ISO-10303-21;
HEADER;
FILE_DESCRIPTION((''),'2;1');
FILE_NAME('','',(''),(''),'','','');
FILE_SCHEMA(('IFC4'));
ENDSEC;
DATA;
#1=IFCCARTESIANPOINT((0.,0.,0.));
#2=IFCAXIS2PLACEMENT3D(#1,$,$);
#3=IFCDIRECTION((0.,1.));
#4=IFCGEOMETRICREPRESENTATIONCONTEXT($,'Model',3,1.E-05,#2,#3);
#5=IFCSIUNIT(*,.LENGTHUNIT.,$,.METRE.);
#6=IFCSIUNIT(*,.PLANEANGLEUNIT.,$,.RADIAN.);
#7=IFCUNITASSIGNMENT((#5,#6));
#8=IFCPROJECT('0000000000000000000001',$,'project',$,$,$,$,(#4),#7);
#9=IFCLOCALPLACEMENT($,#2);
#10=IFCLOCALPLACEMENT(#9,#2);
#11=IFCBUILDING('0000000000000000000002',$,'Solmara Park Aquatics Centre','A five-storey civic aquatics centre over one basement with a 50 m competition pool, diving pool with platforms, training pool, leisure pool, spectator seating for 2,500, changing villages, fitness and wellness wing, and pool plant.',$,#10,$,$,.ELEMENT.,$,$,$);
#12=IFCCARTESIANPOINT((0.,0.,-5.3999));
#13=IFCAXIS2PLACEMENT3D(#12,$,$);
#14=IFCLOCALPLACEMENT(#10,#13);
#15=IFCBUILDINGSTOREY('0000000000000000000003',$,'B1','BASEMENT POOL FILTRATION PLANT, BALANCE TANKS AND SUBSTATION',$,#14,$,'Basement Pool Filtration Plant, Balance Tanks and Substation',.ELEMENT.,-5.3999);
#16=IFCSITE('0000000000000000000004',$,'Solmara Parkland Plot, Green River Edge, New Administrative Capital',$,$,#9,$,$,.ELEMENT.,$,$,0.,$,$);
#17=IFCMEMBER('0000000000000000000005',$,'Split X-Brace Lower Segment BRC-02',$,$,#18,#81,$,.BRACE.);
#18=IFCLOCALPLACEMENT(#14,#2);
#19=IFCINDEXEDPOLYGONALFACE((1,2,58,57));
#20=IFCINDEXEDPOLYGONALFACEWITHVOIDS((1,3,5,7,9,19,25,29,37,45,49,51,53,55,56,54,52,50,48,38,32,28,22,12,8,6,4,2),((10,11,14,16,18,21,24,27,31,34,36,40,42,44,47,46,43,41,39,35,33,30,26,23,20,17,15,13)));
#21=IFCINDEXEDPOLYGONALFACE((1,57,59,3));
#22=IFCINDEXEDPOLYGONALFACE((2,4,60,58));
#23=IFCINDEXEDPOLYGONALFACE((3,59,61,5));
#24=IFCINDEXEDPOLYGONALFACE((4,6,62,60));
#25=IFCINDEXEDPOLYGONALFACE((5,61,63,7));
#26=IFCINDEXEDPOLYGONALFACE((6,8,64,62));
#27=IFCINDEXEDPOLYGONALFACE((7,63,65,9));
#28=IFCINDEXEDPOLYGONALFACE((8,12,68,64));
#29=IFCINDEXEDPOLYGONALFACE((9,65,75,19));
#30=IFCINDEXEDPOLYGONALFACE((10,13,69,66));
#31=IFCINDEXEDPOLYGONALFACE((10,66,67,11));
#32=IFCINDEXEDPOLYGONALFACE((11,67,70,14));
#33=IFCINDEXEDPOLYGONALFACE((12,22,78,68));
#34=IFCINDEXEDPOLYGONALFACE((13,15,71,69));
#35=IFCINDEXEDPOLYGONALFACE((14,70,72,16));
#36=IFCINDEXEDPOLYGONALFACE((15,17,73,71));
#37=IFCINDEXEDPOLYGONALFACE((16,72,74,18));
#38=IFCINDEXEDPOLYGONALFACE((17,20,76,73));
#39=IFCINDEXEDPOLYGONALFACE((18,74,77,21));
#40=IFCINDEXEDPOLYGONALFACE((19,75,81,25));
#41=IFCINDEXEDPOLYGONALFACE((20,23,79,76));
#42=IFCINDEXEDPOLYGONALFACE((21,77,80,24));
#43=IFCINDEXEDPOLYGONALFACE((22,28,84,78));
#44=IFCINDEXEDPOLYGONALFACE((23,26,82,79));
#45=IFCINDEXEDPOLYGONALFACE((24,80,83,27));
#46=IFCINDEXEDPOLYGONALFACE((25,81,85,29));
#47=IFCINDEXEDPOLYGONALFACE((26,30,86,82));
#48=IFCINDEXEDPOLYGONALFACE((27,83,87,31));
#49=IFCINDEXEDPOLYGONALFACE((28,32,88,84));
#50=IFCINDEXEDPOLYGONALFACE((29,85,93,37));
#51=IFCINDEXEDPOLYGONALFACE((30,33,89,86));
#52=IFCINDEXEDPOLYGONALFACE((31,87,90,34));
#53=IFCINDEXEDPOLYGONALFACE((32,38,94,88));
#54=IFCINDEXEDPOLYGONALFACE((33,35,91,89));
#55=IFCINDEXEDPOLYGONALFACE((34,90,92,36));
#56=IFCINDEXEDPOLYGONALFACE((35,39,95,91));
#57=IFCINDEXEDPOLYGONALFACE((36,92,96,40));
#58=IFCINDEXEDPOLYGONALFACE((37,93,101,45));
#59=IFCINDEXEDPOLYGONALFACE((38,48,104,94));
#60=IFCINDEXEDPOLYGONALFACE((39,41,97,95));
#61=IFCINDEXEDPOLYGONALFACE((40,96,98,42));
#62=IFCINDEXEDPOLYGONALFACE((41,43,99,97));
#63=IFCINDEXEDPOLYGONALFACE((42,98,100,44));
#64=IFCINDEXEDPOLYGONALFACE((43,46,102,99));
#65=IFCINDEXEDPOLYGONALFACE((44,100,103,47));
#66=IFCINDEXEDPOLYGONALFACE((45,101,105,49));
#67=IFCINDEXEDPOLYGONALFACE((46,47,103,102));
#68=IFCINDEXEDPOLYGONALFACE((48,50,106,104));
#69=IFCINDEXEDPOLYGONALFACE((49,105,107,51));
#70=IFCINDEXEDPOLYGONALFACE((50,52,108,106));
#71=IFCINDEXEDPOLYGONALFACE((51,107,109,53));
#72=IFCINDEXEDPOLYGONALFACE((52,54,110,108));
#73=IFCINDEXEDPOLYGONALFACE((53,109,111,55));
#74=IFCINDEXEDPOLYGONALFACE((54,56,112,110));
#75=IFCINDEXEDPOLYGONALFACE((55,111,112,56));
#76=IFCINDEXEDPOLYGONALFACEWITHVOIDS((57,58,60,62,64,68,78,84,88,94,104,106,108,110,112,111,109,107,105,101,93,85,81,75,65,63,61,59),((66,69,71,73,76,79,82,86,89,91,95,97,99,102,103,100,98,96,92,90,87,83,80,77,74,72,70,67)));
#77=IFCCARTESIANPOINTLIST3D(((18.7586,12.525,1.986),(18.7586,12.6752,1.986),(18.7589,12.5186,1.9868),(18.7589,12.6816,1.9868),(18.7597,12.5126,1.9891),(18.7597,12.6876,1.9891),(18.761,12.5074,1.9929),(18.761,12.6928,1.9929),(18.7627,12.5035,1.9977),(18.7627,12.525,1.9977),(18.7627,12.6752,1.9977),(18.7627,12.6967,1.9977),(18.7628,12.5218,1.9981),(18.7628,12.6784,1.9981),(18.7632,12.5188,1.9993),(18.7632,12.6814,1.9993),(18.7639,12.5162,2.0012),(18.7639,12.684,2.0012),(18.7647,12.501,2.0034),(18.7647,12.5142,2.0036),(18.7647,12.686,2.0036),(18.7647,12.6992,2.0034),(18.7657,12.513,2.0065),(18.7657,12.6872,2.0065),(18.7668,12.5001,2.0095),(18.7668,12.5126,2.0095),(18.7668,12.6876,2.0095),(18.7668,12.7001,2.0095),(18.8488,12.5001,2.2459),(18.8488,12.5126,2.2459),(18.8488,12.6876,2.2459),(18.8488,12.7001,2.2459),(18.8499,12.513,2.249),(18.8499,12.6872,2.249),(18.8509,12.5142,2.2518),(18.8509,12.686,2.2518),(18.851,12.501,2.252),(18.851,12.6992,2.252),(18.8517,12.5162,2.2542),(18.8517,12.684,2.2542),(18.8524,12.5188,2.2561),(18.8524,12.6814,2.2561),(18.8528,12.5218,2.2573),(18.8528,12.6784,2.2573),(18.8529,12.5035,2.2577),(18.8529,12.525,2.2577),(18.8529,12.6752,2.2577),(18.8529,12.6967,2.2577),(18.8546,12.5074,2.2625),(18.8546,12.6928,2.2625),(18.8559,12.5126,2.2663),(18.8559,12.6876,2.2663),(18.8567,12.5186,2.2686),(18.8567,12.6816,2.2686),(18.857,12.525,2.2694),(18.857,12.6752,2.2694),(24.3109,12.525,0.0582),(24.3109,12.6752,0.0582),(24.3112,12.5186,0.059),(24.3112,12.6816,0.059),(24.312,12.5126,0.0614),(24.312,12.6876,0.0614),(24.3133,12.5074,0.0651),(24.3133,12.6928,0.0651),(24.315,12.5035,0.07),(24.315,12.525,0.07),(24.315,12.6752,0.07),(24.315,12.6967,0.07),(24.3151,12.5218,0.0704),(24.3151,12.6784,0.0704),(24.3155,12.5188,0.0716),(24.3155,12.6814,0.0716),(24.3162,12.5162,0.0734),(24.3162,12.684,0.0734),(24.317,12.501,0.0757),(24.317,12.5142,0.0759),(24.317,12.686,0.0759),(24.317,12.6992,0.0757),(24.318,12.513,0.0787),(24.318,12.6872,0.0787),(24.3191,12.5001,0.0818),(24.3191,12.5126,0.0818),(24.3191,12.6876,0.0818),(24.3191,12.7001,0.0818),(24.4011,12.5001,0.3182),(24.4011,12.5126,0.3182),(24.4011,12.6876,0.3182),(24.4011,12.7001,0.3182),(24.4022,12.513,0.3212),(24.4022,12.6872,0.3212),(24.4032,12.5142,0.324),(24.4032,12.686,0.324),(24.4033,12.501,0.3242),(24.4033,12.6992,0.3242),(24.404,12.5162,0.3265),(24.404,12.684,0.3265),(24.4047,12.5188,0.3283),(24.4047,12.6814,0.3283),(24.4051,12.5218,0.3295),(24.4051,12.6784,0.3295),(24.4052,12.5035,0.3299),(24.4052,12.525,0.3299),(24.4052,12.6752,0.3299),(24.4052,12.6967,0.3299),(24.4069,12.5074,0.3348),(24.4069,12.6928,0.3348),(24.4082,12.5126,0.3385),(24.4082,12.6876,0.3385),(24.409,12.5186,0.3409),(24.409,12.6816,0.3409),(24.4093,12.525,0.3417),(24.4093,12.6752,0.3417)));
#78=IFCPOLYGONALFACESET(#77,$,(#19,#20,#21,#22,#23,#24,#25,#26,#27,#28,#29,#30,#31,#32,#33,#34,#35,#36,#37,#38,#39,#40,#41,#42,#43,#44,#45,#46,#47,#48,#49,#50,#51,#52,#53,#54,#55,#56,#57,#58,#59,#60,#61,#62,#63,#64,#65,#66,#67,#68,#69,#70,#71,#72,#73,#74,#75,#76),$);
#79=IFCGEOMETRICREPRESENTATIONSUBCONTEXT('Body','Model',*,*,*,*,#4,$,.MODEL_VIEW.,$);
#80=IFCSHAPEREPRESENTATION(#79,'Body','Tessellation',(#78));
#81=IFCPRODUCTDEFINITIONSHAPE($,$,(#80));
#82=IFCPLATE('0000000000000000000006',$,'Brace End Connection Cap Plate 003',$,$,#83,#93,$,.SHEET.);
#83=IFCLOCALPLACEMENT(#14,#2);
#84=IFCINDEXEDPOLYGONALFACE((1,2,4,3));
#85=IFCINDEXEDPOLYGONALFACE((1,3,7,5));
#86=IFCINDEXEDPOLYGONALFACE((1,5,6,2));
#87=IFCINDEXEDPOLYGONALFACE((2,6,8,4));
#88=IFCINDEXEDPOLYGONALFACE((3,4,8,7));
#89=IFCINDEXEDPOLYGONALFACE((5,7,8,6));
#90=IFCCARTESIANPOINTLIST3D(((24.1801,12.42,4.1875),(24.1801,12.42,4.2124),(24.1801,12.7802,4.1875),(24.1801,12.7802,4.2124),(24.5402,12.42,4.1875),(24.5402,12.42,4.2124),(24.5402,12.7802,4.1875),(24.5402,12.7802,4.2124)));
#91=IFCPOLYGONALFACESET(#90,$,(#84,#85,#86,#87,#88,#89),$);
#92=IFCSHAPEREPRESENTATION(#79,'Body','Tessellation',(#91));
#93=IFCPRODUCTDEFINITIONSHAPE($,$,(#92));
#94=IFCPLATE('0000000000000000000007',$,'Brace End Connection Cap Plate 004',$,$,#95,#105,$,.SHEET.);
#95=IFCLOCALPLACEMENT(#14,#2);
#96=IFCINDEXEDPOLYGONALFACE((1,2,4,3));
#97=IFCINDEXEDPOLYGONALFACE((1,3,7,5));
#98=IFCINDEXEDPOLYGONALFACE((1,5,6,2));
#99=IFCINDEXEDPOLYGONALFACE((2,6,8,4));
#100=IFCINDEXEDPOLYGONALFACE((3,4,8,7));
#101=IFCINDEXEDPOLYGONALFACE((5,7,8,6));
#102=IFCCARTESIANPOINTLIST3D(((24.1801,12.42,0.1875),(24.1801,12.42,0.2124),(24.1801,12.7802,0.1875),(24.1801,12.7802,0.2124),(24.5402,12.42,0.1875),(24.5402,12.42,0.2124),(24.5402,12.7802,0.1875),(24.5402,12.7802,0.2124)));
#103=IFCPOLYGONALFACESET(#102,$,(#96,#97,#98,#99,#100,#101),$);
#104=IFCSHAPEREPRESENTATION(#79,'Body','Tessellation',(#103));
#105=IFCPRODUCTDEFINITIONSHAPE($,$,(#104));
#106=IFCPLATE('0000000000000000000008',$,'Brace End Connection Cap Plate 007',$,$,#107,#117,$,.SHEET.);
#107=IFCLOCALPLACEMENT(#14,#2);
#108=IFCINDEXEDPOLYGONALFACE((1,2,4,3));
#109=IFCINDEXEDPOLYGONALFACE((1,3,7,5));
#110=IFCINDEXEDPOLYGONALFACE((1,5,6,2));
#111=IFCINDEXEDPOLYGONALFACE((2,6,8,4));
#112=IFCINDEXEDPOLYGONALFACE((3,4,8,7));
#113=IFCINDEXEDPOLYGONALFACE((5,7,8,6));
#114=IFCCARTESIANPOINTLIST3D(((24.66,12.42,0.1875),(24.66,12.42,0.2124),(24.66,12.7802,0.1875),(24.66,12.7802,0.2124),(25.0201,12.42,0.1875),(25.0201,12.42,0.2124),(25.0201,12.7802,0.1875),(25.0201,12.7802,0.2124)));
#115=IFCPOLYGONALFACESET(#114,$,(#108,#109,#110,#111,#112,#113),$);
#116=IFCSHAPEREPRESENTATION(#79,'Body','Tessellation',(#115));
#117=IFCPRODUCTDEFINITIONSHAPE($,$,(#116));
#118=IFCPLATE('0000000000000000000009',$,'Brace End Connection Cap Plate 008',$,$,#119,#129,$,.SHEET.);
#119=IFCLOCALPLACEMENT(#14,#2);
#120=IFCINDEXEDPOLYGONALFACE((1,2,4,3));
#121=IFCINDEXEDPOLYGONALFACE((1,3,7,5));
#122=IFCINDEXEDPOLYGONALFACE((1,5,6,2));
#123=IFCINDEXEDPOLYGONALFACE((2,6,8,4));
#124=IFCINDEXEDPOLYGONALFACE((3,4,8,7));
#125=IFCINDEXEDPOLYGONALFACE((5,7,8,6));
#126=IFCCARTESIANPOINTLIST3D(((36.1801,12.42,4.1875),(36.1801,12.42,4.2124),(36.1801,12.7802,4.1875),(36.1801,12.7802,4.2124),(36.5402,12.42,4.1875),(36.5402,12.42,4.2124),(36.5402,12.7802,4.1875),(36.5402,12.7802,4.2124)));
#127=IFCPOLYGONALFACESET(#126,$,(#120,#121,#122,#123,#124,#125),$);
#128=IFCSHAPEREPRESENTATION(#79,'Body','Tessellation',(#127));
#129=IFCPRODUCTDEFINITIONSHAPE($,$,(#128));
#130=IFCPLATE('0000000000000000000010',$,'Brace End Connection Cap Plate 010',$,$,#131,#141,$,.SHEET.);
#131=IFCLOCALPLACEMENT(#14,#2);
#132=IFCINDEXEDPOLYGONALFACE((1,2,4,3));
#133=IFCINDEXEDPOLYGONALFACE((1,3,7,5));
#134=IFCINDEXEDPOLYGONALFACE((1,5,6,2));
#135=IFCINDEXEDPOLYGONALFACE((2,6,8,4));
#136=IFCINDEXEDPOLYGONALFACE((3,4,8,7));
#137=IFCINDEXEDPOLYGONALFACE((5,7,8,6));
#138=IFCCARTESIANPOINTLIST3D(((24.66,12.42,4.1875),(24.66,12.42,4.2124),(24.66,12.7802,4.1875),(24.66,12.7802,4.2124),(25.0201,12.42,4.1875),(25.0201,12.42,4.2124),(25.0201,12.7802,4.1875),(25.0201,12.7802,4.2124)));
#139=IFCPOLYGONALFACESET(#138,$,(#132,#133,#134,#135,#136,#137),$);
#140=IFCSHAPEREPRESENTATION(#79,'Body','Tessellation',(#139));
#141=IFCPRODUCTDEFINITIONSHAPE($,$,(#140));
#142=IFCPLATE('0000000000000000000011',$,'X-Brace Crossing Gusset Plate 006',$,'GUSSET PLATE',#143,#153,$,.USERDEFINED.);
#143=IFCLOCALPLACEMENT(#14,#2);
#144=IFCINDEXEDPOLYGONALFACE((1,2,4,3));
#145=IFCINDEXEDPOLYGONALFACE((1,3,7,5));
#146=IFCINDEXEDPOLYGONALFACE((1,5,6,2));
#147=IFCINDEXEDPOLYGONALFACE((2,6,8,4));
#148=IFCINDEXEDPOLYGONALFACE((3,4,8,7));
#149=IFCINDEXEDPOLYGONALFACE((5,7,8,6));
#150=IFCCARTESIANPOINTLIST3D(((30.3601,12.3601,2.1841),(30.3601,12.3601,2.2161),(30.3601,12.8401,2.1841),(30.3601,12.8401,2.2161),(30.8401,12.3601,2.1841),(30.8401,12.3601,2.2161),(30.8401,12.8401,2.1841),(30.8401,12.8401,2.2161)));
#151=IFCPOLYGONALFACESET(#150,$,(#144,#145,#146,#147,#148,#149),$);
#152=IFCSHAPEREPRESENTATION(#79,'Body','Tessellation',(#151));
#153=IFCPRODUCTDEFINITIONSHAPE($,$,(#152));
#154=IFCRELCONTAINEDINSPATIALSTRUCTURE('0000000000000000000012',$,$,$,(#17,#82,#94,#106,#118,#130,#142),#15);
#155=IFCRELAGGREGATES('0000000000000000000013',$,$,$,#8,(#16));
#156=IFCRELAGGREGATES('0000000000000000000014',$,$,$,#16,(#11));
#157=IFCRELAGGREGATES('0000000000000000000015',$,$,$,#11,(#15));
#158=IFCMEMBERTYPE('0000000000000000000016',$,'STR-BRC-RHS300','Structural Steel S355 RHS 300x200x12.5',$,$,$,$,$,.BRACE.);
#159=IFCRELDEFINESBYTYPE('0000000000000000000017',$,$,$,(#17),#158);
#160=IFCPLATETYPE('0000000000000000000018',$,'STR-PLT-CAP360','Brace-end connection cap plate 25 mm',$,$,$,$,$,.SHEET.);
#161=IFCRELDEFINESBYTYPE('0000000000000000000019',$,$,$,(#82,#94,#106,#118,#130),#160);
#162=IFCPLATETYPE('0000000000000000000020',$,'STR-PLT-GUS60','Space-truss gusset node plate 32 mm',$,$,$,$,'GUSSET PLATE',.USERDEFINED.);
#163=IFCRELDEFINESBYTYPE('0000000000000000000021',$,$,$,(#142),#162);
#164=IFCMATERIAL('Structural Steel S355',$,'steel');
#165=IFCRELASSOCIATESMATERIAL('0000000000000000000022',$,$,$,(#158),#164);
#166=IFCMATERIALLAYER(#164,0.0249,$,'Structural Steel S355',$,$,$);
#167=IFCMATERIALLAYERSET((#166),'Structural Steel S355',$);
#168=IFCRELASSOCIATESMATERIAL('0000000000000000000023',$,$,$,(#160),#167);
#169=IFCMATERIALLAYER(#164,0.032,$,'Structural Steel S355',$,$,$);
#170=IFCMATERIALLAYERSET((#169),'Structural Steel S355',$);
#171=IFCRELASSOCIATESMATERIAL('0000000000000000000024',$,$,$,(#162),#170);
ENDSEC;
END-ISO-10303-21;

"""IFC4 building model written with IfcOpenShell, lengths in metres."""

from ifc_helpers import new_model, si_unit, direction, frame, origin, origin_2d, place, context, subcontext, project, spatial, rectangle, hollow_rectangle, extrude, material, layer, layer_set, material_profile, profile_set, type_object, element, save


model = new_model("IFC4")

# Units and contexts
model_context = context("Model", 3, precision=1e-05, world=origin(), true_north=direction((0.0, 1.0)))
body_context = subcontext(model_context, "Body", "Model", "MODEL_VIEW")
ifc_project = project(units=[si_unit("LENGTHUNIT", "METRE"), si_unit("PLANEANGLEUNIT", "RADIAN")], contexts=[model_context])

# Site, building, storey
site_placement = place(None, origin())
site = spatial("IfcSite", under=ifc_project, at=site_placement, Name="Solmara Parkland Plot, Green River Edge, New Administrative Capital", CompositionType="ELEMENT", RefElevation=0.0)
building_placement = place(site_placement, origin())
building = spatial("IfcBuilding", under=site, at=building_placement, Name="Solmara Park Aquatics Centre", Description="A five-storey civic aquatics centre over one basement with a 50 m competition pool, diving pool with platforms, training pool, leisure pool, spectator seating for 2,500, changing villages, fitness and wellness wing, and pool plant.", CompositionType="ELEMENT")
storey_placement = place(building_placement, frame((0.0, 0.0, -5.3999)))
storey = spatial("IfcBuildingStorey", under=building, at=storey_placement, Name="B1", Description="BASEMENT POOL FILTRATION PLANT, BALANCE TANKS AND SUBSTATION", LongName="Basement Pool Filtration Plant, Balance Tanks and Substation", CompositionType="ELEMENT", Elevation=-5.3999)

# Shared definitions
ifc_material_1 = material(Name="Structural Steel S355", Category="steel")

# Member
ifc_material_profile_1 = material_profile(ifc_material_1, hollow_rectangle(XDim=0.2, YDim=0.3, WallThickness=0.0125, InnerFilletRadius=0.0125, OuterFilletRadius=0.0249, at=origin_2d()), Name="RHS 300x200x12.5")
ifc_profile_set_1 = profile_set([ifc_material_profile_1], Name="Structural Steel S355")
member_type_1 = type_object("IfcMemberType", Name="STR-BRC-RHS300", Description="Structural Steel S355 RHS 300x200x12.5", PredefinedType="BRACE", material=ifc_profile_set_1)
member_1_placement = place(storey_placement, frame((24.3601, 12.6001, 0.2), z_axis=(-0.94468, 0.0, 0.327992), x_axis=(0.0, -1.0, 0.0)))
element("IfcMember", 1, at=member_1_placement, inside=storey, type_object=member_type_1, Name="Split X-Brace Lower Segment BRC-02", PredefinedType="BRACE", context=body_context, shape_type="SweptSolid", body=[
    extrude(hollow_rectangle(XDim=0.2, YDim=0.3, WallThickness=0.0125, InnerFilletRadius=0.0125, OuterFilletRadius=0.0249, at=origin_2d()), origin(), (0.0, 0.0, 1.0), 5.8774),
])

# Plates
ifc_layer_1 = layer(ifc_material_1, 0.0249, Name="Structural Steel S355")
ifc_layer_set_1 = layer_set([ifc_layer_1], Name="Structural Steel S355")
plate_type_1 = type_object("IfcPlateType", Name="STR-PLT-CAP360", Description="Brace-end connection cap plate 25 mm", PredefinedType="SHEET", material=ifc_layer_set_1)
for number, where, z_axis, x_axis, name in (
    (2, (24.3601, 12.6001, 4.1875), (0.0, 0.0, 1.0), (1.0, 0.0, 0.0), "Brace End Connection Cap Plate 003"),
    (3, (24.3601, 12.6001, 0.1875), (0.0, 0.0, 1.0), (1.0, 0.0, 0.0), "Brace End Connection Cap Plate 004"),
    (4, (24.8401, 12.6001, 0.1875), (0.0, 0.0, 1.0), (1.0, 0.0, 0.0), "Brace End Connection Cap Plate 007"),
    (5, (36.3601, 12.6001, 4.1875), (0.0, 0.0, 1.0), (1.0, 0.0, 0.0), "Brace End Connection Cap Plate 008"),
    (6, (24.8401, 12.6001, 4.1875), (0.0, 0.0, 1.0), (1.0, 0.0, 0.0), "Brace End Connection Cap Plate 010"),
):
    element("IfcPlate", number, at=place(storey_placement, frame(where, z_axis=z_axis, x_axis=x_axis)), inside=storey, type_object=plate_type_1, Name=name, PredefinedType="SHEET", context=body_context, shape_type="SweptSolid", body=[
        extrude(rectangle(XDim=0.3601, YDim=0.3601, at=origin_2d()), origin(), (0.0, 0.0, 1.0), 0.0249),
    ])
ifc_layer_2 = layer(ifc_material_1, 0.032, Name="Structural Steel S355")
ifc_layer_set_2 = layer_set([ifc_layer_2], Name="Structural Steel S355")
plate_type_2 = type_object("IfcPlateType", Name="STR-PLT-GUS60", Description="Space-truss gusset node plate 32 mm", ElementType="GUSSET PLATE", PredefinedType="USERDEFINED", material=ifc_layer_set_2)
plate_placement = place(storey_placement, frame((30.6001, 12.6001, 2.1841), z_axis=(0.0, 0.0, 1.0), x_axis=(1.0, 0.0, 0.0)))
element("IfcPlate", 7, at=plate_placement, inside=storey, type_object=plate_type_2, Name="X-Brace Crossing Gusset Plate 006", ObjectType="GUSSET PLATE", PredefinedType="USERDEFINED", context=body_context, shape_type="SweptSolid", body=[
    extrude(rectangle(XDim=0.48, YDim=0.48, at=origin_2d()), origin(), (0.0, 0.0, 1.0), 0.032),
])

save(model, "model.ifc")
